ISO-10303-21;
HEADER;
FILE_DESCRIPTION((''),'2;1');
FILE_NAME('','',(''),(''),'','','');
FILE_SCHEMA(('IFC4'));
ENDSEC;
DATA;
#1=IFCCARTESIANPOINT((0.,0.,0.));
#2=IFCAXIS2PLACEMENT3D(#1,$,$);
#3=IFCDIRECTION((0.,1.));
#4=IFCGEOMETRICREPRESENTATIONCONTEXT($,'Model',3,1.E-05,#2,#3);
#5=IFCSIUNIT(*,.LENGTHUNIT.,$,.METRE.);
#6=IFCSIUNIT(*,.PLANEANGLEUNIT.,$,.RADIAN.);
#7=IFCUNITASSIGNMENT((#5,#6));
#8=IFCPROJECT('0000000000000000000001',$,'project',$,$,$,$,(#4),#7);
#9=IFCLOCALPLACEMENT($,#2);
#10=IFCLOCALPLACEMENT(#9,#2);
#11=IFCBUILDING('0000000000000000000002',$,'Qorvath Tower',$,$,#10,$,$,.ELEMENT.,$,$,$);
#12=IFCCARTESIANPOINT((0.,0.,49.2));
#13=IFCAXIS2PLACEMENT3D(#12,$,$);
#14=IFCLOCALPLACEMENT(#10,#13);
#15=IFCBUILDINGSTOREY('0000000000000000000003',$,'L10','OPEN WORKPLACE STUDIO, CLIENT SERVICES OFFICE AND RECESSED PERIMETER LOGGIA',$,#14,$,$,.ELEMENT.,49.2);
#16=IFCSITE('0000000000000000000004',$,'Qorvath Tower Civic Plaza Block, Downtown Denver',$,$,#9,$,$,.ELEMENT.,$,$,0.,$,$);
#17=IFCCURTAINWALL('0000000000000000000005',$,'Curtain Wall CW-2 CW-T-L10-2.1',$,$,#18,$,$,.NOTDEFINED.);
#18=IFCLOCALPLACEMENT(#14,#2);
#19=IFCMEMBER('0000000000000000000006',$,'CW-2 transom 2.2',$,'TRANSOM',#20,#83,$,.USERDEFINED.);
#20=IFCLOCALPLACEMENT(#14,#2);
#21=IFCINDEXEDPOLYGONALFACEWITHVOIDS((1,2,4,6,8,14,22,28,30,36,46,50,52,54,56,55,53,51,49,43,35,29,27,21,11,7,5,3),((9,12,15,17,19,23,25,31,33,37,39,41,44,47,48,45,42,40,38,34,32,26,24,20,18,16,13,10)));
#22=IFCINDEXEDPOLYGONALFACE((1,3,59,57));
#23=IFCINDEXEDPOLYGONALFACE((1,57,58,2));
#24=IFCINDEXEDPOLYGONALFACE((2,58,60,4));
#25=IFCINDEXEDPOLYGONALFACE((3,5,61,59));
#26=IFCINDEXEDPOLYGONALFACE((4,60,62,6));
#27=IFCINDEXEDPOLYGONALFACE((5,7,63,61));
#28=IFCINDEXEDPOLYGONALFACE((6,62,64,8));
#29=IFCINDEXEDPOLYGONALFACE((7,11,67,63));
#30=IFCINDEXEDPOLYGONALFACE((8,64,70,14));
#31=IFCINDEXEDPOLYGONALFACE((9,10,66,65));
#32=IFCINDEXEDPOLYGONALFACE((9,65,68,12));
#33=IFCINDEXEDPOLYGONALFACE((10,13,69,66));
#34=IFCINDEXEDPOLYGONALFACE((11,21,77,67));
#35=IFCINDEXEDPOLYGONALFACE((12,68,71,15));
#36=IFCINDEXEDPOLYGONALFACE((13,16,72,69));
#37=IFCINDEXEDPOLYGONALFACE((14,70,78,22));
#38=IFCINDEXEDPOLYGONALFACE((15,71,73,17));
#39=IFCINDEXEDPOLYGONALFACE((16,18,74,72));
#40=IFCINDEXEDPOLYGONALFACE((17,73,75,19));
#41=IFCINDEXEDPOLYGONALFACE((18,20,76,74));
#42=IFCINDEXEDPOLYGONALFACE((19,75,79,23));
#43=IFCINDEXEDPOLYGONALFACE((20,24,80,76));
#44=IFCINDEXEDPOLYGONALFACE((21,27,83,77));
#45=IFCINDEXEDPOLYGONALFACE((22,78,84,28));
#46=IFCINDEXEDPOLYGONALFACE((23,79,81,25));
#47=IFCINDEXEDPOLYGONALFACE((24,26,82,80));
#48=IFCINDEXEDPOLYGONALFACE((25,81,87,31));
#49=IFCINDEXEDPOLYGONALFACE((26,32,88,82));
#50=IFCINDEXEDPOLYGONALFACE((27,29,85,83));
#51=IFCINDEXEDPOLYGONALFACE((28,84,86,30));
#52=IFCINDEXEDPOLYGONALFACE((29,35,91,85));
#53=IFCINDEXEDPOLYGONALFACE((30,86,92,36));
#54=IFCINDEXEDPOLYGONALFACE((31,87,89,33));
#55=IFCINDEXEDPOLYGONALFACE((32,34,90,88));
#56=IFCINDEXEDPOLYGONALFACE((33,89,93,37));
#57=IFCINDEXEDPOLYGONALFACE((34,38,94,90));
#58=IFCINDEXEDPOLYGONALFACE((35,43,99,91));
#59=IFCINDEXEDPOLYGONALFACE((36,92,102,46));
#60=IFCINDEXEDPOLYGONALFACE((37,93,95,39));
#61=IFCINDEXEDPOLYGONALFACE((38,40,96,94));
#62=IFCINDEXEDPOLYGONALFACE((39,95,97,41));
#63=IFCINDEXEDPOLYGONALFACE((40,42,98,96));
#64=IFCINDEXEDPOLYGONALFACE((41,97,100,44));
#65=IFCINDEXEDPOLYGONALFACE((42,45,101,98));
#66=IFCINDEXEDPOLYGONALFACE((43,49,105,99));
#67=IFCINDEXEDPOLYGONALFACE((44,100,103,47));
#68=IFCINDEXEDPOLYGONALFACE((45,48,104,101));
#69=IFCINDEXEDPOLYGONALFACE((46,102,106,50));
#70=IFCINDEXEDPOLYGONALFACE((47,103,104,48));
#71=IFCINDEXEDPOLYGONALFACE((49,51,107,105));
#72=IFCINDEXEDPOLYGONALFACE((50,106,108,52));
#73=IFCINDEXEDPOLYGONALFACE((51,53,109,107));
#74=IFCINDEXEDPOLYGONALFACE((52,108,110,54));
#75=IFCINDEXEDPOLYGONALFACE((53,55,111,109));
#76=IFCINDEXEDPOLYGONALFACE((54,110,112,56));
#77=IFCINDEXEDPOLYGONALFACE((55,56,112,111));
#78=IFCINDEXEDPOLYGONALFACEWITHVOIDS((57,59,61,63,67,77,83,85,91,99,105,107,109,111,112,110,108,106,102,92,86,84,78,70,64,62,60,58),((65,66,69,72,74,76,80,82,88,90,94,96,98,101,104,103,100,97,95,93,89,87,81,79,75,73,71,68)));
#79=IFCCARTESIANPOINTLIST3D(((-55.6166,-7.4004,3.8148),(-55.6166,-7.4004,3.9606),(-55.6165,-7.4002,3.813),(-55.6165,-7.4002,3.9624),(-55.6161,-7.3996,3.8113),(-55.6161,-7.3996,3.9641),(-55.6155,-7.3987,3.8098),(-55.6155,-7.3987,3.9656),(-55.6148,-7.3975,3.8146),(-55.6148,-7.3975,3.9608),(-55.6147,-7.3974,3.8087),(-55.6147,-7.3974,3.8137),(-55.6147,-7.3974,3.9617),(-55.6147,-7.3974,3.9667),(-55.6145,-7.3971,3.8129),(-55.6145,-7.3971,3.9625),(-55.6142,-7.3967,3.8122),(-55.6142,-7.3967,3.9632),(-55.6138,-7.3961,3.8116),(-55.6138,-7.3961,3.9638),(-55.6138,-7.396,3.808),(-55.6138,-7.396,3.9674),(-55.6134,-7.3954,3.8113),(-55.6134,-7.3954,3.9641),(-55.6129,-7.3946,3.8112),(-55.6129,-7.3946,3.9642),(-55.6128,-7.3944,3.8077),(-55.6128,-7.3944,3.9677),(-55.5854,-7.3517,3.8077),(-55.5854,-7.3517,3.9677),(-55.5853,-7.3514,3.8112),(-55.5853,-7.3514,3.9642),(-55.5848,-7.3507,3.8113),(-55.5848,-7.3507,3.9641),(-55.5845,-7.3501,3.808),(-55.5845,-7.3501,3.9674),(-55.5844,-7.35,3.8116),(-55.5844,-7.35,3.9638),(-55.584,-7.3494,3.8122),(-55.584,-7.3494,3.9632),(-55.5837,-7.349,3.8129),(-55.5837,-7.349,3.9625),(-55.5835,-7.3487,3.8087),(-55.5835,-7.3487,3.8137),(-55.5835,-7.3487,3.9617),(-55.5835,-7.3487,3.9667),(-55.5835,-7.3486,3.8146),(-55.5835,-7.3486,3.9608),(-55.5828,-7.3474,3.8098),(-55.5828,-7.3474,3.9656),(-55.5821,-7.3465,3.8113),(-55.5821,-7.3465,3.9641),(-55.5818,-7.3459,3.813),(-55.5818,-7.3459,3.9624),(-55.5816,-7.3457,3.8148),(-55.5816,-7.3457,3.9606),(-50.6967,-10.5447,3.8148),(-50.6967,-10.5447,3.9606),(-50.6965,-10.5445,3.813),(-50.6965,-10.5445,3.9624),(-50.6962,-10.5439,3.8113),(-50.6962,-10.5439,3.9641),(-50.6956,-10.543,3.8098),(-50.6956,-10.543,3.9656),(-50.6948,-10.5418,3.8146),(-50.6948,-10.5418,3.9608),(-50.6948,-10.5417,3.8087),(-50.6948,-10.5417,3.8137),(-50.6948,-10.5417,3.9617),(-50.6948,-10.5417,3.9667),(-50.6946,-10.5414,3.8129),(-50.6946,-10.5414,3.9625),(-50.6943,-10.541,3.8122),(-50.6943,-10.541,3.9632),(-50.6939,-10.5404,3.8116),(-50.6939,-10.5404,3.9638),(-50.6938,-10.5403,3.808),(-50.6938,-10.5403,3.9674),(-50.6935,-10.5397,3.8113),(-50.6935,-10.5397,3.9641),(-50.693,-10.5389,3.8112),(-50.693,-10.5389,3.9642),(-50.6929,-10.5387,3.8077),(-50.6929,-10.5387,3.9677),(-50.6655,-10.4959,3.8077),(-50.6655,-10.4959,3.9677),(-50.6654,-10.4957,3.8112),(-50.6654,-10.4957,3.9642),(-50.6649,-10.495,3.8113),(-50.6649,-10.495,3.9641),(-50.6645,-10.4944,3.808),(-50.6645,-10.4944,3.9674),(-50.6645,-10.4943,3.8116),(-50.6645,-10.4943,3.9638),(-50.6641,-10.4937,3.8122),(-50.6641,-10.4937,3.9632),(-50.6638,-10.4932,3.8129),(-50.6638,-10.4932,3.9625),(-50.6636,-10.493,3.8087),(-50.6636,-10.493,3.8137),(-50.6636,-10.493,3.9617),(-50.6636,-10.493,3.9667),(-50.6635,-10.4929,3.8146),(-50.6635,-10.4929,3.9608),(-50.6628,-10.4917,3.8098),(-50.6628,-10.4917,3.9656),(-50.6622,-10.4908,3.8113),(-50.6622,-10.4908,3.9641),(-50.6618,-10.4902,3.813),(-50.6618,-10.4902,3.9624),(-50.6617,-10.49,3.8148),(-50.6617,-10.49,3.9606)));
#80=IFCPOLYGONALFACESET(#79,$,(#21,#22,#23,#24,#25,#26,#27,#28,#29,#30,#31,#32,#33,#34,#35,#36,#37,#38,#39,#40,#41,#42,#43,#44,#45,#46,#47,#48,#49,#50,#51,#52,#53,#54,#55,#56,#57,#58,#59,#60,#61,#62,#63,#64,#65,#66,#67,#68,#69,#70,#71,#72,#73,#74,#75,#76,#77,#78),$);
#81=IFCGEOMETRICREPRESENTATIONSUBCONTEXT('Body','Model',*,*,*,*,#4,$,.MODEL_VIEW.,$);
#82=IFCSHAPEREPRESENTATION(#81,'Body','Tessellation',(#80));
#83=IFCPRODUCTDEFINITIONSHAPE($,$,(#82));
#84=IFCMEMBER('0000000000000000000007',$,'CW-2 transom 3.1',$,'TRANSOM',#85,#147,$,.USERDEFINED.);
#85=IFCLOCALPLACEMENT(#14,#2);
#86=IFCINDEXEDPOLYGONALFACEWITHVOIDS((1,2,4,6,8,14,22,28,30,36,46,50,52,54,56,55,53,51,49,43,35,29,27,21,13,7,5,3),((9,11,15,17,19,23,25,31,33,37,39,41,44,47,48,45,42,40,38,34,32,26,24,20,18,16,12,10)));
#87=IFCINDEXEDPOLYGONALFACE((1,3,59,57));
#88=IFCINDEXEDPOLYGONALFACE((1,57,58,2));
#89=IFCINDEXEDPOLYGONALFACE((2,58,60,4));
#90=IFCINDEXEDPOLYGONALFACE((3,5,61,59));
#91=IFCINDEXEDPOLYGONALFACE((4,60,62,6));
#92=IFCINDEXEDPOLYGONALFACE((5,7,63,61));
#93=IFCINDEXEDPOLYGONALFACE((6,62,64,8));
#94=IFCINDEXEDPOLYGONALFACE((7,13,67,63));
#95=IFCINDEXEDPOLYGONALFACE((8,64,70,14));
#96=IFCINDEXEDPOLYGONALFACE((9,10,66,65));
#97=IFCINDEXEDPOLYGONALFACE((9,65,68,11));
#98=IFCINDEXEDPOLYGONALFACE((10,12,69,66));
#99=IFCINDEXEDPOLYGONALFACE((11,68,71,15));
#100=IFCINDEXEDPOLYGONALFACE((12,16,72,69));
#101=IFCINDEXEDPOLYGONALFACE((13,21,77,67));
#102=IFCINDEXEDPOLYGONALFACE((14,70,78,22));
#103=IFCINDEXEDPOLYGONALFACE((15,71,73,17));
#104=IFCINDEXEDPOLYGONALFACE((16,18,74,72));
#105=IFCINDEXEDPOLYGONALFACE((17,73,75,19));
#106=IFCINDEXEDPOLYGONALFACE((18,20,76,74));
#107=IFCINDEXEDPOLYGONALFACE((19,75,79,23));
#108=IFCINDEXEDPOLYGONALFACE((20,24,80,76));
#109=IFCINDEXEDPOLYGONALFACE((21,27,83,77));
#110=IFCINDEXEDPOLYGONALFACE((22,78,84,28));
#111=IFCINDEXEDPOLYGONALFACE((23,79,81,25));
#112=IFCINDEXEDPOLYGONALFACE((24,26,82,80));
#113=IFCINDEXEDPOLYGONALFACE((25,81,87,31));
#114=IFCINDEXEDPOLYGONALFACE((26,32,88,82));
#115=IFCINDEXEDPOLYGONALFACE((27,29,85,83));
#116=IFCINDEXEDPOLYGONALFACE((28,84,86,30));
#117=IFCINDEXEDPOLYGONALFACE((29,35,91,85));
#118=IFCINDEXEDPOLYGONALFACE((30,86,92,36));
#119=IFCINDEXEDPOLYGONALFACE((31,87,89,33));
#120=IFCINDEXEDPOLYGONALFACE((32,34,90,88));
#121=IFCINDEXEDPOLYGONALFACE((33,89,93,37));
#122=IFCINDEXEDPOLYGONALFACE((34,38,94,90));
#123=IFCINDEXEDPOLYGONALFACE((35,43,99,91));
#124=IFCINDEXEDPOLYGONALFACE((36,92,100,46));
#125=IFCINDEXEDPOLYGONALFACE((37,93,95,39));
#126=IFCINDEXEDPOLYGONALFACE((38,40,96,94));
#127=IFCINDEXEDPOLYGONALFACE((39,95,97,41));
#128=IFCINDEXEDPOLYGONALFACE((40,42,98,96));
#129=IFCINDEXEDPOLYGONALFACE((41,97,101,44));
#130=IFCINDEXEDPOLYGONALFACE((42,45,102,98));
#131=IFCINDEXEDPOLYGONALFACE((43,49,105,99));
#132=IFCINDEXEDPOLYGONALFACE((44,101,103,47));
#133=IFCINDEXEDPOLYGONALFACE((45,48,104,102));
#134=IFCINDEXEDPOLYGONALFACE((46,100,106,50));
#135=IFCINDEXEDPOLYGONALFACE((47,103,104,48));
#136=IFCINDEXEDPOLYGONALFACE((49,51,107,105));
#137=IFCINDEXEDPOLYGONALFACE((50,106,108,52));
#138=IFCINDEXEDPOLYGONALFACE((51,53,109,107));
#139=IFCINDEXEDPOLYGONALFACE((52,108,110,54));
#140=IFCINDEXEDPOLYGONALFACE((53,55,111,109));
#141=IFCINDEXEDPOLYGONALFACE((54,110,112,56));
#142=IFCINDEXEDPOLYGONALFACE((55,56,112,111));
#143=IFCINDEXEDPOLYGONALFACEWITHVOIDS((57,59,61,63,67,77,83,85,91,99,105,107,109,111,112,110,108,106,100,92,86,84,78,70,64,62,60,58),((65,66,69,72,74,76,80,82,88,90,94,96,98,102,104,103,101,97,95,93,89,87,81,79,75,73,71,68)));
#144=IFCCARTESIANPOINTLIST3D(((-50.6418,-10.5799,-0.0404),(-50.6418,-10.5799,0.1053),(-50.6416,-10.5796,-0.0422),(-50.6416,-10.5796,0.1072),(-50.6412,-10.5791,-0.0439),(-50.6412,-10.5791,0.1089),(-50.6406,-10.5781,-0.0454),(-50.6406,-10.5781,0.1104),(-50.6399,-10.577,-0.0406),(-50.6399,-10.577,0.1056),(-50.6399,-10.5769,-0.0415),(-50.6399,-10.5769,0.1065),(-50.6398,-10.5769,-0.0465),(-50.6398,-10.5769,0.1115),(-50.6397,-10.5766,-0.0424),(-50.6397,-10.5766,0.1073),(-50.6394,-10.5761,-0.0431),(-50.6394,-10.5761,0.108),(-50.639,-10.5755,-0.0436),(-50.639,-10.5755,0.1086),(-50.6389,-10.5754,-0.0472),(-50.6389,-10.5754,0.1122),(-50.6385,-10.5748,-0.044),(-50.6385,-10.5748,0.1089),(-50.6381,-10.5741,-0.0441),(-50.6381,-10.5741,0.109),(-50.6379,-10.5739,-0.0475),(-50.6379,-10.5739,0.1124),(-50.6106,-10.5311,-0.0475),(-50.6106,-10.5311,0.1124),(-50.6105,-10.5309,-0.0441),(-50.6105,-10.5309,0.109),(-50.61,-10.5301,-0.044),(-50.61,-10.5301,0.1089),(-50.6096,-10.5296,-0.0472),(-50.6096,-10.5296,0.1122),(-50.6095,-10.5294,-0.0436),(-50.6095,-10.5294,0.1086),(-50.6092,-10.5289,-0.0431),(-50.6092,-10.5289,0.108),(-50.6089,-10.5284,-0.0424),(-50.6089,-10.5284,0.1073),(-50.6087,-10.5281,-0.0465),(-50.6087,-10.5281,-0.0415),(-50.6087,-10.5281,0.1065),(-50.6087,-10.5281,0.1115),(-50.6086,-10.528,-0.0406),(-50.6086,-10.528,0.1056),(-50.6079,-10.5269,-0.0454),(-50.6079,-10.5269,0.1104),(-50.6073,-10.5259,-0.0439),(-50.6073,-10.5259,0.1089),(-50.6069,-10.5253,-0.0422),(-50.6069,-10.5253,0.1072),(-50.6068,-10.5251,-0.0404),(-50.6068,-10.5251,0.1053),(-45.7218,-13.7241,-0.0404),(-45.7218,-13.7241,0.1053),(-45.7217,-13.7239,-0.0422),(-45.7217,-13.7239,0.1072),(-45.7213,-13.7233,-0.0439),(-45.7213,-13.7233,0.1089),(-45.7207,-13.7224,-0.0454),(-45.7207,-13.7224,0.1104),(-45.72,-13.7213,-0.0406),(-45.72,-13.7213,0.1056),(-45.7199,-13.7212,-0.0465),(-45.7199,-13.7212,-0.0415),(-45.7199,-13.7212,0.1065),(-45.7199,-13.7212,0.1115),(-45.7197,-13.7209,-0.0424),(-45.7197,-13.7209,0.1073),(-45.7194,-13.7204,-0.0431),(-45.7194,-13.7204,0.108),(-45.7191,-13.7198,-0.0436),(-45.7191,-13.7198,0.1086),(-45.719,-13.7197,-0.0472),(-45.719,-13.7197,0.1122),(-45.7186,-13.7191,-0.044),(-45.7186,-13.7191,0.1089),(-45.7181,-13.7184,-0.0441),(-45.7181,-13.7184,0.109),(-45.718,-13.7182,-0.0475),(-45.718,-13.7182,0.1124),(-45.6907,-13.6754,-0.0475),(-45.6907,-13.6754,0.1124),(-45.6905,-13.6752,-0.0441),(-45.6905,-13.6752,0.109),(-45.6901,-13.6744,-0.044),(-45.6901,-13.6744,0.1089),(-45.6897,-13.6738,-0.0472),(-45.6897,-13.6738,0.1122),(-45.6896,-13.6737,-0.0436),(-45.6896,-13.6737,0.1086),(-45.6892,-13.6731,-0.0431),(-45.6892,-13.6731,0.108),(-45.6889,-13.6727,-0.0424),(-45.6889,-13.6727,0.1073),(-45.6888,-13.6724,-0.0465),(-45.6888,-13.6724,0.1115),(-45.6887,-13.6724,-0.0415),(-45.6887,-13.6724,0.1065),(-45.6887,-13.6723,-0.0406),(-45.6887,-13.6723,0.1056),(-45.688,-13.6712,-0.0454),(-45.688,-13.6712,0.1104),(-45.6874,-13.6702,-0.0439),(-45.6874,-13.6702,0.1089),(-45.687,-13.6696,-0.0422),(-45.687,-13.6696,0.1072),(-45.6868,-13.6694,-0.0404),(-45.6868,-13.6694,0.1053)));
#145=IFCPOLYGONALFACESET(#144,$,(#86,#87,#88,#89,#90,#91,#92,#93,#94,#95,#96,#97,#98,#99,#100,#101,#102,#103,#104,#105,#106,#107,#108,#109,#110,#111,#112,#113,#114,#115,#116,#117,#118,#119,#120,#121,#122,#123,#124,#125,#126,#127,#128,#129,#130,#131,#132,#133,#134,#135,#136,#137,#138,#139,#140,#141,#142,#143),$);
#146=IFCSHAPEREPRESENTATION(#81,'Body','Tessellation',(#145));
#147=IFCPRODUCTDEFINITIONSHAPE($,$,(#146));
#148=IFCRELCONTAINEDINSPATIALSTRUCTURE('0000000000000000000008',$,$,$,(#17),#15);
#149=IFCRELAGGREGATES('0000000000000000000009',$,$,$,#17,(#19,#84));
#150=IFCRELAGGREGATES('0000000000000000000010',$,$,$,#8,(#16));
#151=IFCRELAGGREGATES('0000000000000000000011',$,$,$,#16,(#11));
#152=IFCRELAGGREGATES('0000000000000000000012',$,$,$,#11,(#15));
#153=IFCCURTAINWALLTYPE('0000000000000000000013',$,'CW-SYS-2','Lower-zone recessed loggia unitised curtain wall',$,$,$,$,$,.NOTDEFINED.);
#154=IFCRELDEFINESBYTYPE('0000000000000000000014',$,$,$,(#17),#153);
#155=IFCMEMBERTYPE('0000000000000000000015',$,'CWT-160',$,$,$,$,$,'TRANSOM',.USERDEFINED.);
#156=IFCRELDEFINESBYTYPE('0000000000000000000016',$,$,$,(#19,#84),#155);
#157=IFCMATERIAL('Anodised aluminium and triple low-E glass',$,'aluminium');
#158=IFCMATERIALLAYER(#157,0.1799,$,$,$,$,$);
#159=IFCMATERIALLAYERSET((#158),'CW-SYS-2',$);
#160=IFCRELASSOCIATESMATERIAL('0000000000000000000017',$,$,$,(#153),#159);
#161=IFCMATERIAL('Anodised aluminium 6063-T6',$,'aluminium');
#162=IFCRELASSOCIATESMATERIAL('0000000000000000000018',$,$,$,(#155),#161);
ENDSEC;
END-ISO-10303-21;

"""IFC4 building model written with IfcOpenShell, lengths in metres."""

from ifc_helpers import new_model, si_unit, direction, frame, origin, origin_2d, place, context, subcontext, project, spatial, hollow_rectangle, extrude, material, layer, layer_set, material_profile, profile_set, type_object, element, aggregate, save


model = new_model("IFC4")

# Units and contexts
model_context = context("Model", 3, precision=1e-05, world=origin(), true_north=direction((0.0, 1.0)))
body_context = subcontext(model_context, "Body", "Model", "MODEL_VIEW")
ifc_project = project(units=[si_unit("LENGTHUNIT", "METRE"), si_unit("PLANEANGLEUNIT", "RADIAN")], contexts=[model_context])

# Site, building, storey
site_placement = place(None, origin())
site = spatial("IfcSite", under=ifc_project, at=site_placement, Name="Qorvath Tower Civic Plaza Block, Downtown Denver", CompositionType="ELEMENT", RefElevation=0.0)
building_placement = place(site_placement, origin())
building = spatial("IfcBuilding", under=site, at=building_placement, Name="Qorvath Tower", CompositionType="ELEMENT")
storey_placement = place(building_placement, frame((0.0, 0.0, 49.2)))
storey = spatial("IfcBuildingStorey", under=building, at=storey_placement, Name="L10", Description="OPEN WORKPLACE STUDIO, CLIENT SERVICES OFFICE AND RECESSED PERIMETER LOGGIA", CompositionType="ELEMENT", Elevation=49.2)

# Curtain wall, members
ifc_material_1 = material(Name="Anodised aluminium and triple low-E glass", Category="aluminium")
ifc_layer_1 = layer(ifc_material_1, 0.1799)
ifc_layer_set_1 = layer_set([ifc_layer_1], Name="CW-SYS-2")
curtain_wall_type = type_object("IfcCurtainWallType", Name="CW-SYS-2", Description="Lower-zone recessed loggia unitised curtain wall", PredefinedType="NOTDEFINED", material=ifc_layer_set_1)
curtain_wall_placement = place(storey_placement, origin())
curtain_wall = element("IfcCurtainWall", 1, at=curtain_wall_placement, inside=storey, type_object=curtain_wall_type, Name="Curtain Wall CW-2 CW-T-L10-2.1", PredefinedType="NOTDEFINED")
ifc_material_2 = material(Name="Anodised aluminium 6063-T6", Category="aluminium")
ifc_material_profile_1 = material_profile(ifc_material_2, hollow_rectangle(XDim=0.0649, YDim=0.1599, WallThickness=0.0034, InnerFilletRadius=0.0034, OuterFilletRadius=0.0071, at=origin_2d()), Name="CWT 160x65")
ifc_profile_set_1 = profile_set([ifc_material_profile_1], Name="Anodised aluminium 6063-T6")
member_type_1 = type_object("IfcMemberType", Name="CWT-160", ElementType="TRANSOM", PredefinedType="USERDEFINED", material=ifc_profile_set_1)
member_1_placement = place(storey_placement, frame((-55.5991, -7.373, 3.8877), z_axis=(0.842618, -0.538511, 0.0), x_axis=(0.538511, 0.842618, 0.0)))
member_1 = element("IfcMember", 2, at=member_1_placement, type_object=member_type_1, Name="CW-2 transom 2.2", ObjectType="TRANSOM", PredefinedType="USERDEFINED", context=body_context, shape_type="SweptSolid", body=[
    extrude(hollow_rectangle(XDim=0.0649, YDim=0.1599, WallThickness=0.0034, InnerFilletRadius=0.0034, OuterFilletRadius=0.0071, at=origin_2d()), origin(), (0.0, 0.0, 1.0), 5.8389),
])
member_2_placement = place(storey_placement, frame((-50.6243, -10.5525, 0.0325), z_axis=(0.842618, -0.538511, 0.0), x_axis=(0.538511, 0.842618, 0.0)))
member_2 = element("IfcMember", 3, at=member_2_placement, type_object=member_type_1, Name="CW-2 transom 3.1", ObjectType="TRANSOM", PredefinedType="USERDEFINED", context=body_context, shape_type="SweptSolid", body=[
    extrude(hollow_rectangle(XDim=0.0649, YDim=0.1599, WallThickness=0.0034, InnerFilletRadius=0.0034, OuterFilletRadius=0.0071, at=origin_2d()), origin(), (0.0, 0.0, 1.0), 5.8389),
])

aggregate(curtain_wall, [member_1, member_2])

save(model, "model.ifc")
